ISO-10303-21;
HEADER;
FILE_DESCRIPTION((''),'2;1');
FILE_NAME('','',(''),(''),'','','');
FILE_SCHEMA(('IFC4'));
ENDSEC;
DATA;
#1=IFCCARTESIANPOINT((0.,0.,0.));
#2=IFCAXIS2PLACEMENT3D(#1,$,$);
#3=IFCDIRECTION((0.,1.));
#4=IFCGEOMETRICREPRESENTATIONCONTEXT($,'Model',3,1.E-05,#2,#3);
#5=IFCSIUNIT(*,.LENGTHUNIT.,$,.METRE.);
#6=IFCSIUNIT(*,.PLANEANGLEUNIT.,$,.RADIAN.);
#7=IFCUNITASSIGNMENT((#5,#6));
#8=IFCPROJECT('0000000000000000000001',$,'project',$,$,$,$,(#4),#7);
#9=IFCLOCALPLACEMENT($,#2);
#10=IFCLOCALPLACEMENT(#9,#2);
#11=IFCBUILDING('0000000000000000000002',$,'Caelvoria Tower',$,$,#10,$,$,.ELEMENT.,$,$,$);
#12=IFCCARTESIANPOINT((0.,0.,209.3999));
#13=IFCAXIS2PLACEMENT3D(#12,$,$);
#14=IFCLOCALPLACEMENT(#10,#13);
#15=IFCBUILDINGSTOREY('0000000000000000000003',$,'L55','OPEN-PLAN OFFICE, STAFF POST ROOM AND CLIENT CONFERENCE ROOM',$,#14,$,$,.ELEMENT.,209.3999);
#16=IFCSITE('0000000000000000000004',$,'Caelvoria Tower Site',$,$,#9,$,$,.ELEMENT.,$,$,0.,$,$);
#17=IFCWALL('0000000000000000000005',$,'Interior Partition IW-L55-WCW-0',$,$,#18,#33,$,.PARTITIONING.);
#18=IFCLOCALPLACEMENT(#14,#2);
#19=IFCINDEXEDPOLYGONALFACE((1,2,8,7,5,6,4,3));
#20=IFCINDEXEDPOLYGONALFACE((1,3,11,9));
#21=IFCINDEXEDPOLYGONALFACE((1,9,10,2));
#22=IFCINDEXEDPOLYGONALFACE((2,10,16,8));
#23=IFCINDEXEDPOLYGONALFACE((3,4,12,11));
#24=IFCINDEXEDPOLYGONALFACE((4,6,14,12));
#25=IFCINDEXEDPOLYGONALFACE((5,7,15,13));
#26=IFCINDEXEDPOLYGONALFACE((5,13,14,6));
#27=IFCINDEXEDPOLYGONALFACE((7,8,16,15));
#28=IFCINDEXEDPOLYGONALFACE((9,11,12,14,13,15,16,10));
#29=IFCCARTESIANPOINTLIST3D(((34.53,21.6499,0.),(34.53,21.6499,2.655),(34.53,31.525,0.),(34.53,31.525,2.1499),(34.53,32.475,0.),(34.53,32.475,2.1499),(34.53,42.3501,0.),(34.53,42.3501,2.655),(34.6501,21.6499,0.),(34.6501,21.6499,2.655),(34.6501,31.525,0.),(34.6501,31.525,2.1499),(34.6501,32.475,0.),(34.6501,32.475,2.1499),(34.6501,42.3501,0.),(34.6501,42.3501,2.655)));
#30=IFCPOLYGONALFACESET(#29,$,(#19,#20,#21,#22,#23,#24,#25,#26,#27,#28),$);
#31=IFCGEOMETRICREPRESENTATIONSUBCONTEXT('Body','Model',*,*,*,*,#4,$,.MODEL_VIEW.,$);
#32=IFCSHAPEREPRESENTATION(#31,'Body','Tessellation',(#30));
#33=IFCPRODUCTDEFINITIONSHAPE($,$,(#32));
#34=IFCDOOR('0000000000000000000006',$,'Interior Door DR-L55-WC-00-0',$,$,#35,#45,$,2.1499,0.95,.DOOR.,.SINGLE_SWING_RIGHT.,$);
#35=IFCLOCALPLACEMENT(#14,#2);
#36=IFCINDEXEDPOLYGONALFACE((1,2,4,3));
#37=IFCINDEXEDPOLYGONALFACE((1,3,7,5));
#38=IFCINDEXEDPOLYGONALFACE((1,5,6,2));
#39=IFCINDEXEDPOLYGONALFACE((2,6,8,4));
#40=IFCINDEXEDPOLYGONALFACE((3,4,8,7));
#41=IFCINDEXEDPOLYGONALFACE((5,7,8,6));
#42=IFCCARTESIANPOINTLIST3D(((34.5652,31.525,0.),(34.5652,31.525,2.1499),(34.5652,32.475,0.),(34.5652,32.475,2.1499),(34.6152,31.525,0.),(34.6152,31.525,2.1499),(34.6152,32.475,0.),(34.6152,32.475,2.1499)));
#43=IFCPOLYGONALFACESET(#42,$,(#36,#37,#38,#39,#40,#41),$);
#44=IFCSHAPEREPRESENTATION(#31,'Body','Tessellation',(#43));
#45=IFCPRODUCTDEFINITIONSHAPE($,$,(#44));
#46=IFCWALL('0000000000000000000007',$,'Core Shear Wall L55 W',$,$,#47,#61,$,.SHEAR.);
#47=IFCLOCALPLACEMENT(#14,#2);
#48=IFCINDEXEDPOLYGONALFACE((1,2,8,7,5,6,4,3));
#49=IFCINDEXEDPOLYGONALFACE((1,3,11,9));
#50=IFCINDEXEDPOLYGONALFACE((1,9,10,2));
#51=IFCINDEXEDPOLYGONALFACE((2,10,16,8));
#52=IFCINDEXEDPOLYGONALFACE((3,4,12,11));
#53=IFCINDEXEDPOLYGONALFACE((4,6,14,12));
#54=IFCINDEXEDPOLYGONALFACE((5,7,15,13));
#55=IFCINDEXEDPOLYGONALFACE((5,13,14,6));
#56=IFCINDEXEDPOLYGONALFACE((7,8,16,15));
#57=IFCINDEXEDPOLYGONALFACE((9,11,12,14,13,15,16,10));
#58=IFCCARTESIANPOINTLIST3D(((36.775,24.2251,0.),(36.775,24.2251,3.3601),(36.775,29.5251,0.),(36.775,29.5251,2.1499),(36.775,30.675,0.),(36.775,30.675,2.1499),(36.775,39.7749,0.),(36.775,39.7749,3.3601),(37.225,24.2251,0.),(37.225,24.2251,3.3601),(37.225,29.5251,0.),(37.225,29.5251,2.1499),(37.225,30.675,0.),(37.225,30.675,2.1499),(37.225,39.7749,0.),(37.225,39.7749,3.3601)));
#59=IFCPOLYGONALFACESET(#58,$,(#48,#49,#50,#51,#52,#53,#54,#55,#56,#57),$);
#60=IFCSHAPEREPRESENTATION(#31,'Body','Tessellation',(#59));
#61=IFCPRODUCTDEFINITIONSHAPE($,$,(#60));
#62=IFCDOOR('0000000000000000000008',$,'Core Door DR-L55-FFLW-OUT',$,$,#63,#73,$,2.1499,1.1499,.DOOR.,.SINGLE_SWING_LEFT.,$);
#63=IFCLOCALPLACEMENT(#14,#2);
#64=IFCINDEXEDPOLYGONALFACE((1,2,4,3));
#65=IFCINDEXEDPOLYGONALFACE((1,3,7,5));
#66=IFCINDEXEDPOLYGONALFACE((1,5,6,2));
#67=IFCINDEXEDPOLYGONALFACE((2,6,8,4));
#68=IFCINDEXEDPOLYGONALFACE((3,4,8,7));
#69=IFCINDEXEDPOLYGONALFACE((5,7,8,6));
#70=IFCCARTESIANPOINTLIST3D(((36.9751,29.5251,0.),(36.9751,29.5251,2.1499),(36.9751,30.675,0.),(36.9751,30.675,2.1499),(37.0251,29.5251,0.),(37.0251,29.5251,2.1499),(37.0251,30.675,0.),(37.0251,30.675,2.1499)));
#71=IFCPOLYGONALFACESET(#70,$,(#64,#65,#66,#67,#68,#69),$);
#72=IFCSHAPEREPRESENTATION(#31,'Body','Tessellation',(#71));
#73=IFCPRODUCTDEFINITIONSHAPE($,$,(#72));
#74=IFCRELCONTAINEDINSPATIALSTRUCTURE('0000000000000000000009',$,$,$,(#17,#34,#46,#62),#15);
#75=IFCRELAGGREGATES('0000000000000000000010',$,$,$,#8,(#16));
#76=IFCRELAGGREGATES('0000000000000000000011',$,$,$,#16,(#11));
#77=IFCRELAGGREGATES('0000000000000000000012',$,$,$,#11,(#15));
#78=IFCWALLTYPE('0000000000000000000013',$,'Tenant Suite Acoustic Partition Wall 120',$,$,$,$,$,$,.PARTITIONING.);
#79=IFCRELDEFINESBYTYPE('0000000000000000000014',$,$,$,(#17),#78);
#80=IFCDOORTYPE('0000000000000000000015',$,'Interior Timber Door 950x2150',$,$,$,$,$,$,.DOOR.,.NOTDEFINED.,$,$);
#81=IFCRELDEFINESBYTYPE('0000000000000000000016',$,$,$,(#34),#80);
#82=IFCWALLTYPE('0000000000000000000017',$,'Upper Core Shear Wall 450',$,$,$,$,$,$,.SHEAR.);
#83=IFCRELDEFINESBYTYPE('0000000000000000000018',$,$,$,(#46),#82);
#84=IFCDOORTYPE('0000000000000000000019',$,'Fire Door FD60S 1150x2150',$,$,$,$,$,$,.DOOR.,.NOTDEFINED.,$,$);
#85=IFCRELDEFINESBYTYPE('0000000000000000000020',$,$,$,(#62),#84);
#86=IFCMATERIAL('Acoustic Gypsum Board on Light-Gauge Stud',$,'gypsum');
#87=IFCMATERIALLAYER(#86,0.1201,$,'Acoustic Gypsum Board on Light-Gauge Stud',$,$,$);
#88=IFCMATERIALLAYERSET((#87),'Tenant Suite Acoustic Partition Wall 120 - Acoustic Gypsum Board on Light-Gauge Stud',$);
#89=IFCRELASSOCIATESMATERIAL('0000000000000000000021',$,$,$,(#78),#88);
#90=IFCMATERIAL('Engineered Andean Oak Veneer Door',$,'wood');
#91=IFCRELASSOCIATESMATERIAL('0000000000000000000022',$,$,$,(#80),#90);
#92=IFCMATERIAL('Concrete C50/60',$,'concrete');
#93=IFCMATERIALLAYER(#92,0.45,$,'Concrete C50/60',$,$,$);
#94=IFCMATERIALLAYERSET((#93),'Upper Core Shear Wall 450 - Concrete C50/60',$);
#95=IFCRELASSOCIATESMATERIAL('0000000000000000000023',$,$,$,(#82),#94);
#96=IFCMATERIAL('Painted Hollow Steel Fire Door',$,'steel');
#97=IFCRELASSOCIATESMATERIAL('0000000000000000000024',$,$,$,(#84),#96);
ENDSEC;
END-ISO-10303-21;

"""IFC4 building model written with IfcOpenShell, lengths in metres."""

from ifc_helpers import new_model, si_unit, direction, frame, frame_2d, origin, place, context, subcontext, project, spatial, rectangle, extrude, material, layer, layer_set, type_object, element, fill, save


model = new_model("IFC4")

# Units and contexts
model_context = context("Model", 3, precision=1e-05, world=origin(), true_north=direction((0.0, 1.0)))
body_context = subcontext(model_context, "Body", "Model", "MODEL_VIEW")
ifc_project = project(units=[si_unit("LENGTHUNIT", "METRE"), si_unit("PLANEANGLEUNIT", "RADIAN")], contexts=[model_context])

# Site, building, storey
site_placement = place(None, origin())
site = spatial("IfcSite", under=ifc_project, at=site_placement, Name="Caelvoria Tower Site", CompositionType="ELEMENT", RefElevation=0.0)
building_placement = place(site_placement, origin())
building = spatial("IfcBuilding", under=site, at=building_placement, Name="Caelvoria Tower", CompositionType="ELEMENT")
storey_placement = place(building_placement, frame((0.0, 0.0, 209.3999)))
storey = spatial("IfcBuildingStorey", under=building, at=storey_placement, Name="L55", Description="OPEN-PLAN OFFICE, STAFF POST ROOM AND CLIENT CONFERENCE ROOM", CompositionType="ELEMENT", Elevation=209.3999)

# Shared definitions
ifc_material_1 = material(Name="Concrete C50/60", Category="concrete")
ifc_material_2 = material(Name="Painted Hollow Steel Fire Door", Category="steel")

# Shared definitions
ifc_material_3 = material(Name="Engineered Andean Oak Veneer Door", Category="wood")

# Walls, openings, doors
ifc_material_4 = material(Name="Acoustic Gypsum Board on Light-Gauge Stud", Category="gypsum")
ifc_layer_1 = layer(ifc_material_4, 0.1201, Name="Acoustic Gypsum Board on Light-Gauge Stud")
ifc_layer_set_1 = layer_set([ifc_layer_1], Name="Tenant Suite Acoustic Partition Wall 120 - Acoustic Gypsum Board on Light-Gauge Stud")
wall_type_1 = type_object("IfcWallType", Name="Tenant Suite Acoustic Partition Wall 120", PredefinedType="PARTITIONING", material=ifc_layer_set_1)
wall_1_placement = place(storey_placement, frame((34.5901, 21.6499, 0.0), z_axis=(0.0, 0.0, 1.0), x_axis=(0.0, 1.0, 0.0)))
wall_1 = element("IfcWall", 1, at=wall_1_placement, inside=storey, type_object=wall_type_1, Name="Interior Partition IW-L55-WCW-0", PredefinedType="PARTITIONING", context=body_context, shape_type="SweptSolid", body=[
    extrude(rectangle(XDim=20.7002, YDim=0.1201, at=frame_2d((10.3501, 0.0))), origin(), (0.0, 0.0, 1.0), 2.655),
])
opening_1_placement = place(wall_1_placement, frame((9.875, 0.0, 0.0)))
opening_1 = element("IfcOpeningElement", 2, at=opening_1_placement, cuts=wall_1, PredefinedType="OPENING", context=body_context, shape_type="SweptSolid", body=[
    extrude(rectangle(XDim=0.95, YDim=2.1499, at=frame_2d((0.4751, 1.075))), frame((0.0, 0.0701, 0.0), z_axis=(0.0, -1.0, 0.0), x_axis=(1.0, 0.0, 0.0)), (0.0, 0.0, 1.0), 0.1401),
])
door_type_1 = type_object("IfcDoorType", Name="Interior Timber Door 950x2150", OperationType="NOTDEFINED", PredefinedType="DOOR", material=ifc_material_3)
door_1_placement = place(opening_1_placement, origin())
door_1 = element("IfcDoor", 3, at=door_1_placement, inside=storey, type_object=door_type_1, Name="Interior Door DR-L55-WC-00-0", OperationType="SINGLE_SWING_RIGHT", OverallHeight=2.1499, OverallWidth=0.95, PredefinedType="DOOR", context=body_context, shape_type="SweptSolid", body=[
    extrude(rectangle(XDim=0.95, YDim=2.1499, at=frame_2d((0.4751, 1.075))), frame((0.0, 0.0249, 0.0), z_axis=(0.0, -1.0, 0.0), x_axis=(1.0, 0.0, 0.0)), (0.0, 0.0, 1.0), 0.05),
])
fill(opening_1, door_1)
ifc_layer_2 = layer(ifc_material_1, 0.45, Name="Concrete C50/60")
ifc_layer_set_2 = layer_set([ifc_layer_2], Name="Upper Core Shear Wall 450 - Concrete C50/60")
wall_type_2 = type_object("IfcWallType", Name="Upper Core Shear Wall 450", PredefinedType="SHEAR", material=ifc_layer_set_2)
wall_2_placement = place(storey_placement, frame((37.0, 24.2251, 0.0), z_axis=(0.0, 0.0, 1.0), x_axis=(0.0, 1.0, 0.0)))
wall_2 = element("IfcWall", 4, at=wall_2_placement, inside=storey, type_object=wall_type_2, Name="Core Shear Wall L55 W", PredefinedType="SHEAR", context=body_context, shape_type="SweptSolid", body=[
    extrude(rectangle(XDim=15.5498, YDim=0.45, at=frame_2d((7.7749, 0.0))), origin(), (0.0, 0.0, 1.0), 3.3601),
])
opening_2_placement = place(wall_2_placement, frame((5.3, 0.0, 0.0)))
opening_2 = element("IfcOpeningElement", 5, at=opening_2_placement, cuts=wall_2, PredefinedType="OPENING", context=body_context, shape_type="SweptSolid", body=[
    extrude(rectangle(XDim=1.1499, YDim=2.1499, at=frame_2d((0.575, 1.075))), frame((0.0, 0.2349, 0.0), z_axis=(0.0, -1.0, 0.0), x_axis=(1.0, 0.0, 0.0)), (0.0, 0.0, 1.0), 0.47),
])
door_type_2 = type_object("IfcDoorType", Name="Fire Door FD60S 1150x2150", OperationType="NOTDEFINED", PredefinedType="DOOR", material=ifc_material_2)
door_2_placement = place(opening_2_placement, origin())
door_2 = element("IfcDoor", 6, at=door_2_placement, inside=storey, type_object=door_type_2, Name="Core Door DR-L55-FFLW-OUT", OperationType="SINGLE_SWING_LEFT", OverallHeight=2.1499, OverallWidth=1.1499, PredefinedType="DOOR", context=body_context, shape_type="SweptSolid", body=[
    extrude(rectangle(XDim=1.1499, YDim=2.1499, at=frame_2d((0.575, 1.075))), frame((0.0, 0.0249, 0.0), z_axis=(0.0, -1.0, 0.0), x_axis=(1.0, 0.0, 0.0)), (0.0, 0.0, 1.0), 0.05),
])
fill(opening_2, door_2)

save(model, "model.ifc")
